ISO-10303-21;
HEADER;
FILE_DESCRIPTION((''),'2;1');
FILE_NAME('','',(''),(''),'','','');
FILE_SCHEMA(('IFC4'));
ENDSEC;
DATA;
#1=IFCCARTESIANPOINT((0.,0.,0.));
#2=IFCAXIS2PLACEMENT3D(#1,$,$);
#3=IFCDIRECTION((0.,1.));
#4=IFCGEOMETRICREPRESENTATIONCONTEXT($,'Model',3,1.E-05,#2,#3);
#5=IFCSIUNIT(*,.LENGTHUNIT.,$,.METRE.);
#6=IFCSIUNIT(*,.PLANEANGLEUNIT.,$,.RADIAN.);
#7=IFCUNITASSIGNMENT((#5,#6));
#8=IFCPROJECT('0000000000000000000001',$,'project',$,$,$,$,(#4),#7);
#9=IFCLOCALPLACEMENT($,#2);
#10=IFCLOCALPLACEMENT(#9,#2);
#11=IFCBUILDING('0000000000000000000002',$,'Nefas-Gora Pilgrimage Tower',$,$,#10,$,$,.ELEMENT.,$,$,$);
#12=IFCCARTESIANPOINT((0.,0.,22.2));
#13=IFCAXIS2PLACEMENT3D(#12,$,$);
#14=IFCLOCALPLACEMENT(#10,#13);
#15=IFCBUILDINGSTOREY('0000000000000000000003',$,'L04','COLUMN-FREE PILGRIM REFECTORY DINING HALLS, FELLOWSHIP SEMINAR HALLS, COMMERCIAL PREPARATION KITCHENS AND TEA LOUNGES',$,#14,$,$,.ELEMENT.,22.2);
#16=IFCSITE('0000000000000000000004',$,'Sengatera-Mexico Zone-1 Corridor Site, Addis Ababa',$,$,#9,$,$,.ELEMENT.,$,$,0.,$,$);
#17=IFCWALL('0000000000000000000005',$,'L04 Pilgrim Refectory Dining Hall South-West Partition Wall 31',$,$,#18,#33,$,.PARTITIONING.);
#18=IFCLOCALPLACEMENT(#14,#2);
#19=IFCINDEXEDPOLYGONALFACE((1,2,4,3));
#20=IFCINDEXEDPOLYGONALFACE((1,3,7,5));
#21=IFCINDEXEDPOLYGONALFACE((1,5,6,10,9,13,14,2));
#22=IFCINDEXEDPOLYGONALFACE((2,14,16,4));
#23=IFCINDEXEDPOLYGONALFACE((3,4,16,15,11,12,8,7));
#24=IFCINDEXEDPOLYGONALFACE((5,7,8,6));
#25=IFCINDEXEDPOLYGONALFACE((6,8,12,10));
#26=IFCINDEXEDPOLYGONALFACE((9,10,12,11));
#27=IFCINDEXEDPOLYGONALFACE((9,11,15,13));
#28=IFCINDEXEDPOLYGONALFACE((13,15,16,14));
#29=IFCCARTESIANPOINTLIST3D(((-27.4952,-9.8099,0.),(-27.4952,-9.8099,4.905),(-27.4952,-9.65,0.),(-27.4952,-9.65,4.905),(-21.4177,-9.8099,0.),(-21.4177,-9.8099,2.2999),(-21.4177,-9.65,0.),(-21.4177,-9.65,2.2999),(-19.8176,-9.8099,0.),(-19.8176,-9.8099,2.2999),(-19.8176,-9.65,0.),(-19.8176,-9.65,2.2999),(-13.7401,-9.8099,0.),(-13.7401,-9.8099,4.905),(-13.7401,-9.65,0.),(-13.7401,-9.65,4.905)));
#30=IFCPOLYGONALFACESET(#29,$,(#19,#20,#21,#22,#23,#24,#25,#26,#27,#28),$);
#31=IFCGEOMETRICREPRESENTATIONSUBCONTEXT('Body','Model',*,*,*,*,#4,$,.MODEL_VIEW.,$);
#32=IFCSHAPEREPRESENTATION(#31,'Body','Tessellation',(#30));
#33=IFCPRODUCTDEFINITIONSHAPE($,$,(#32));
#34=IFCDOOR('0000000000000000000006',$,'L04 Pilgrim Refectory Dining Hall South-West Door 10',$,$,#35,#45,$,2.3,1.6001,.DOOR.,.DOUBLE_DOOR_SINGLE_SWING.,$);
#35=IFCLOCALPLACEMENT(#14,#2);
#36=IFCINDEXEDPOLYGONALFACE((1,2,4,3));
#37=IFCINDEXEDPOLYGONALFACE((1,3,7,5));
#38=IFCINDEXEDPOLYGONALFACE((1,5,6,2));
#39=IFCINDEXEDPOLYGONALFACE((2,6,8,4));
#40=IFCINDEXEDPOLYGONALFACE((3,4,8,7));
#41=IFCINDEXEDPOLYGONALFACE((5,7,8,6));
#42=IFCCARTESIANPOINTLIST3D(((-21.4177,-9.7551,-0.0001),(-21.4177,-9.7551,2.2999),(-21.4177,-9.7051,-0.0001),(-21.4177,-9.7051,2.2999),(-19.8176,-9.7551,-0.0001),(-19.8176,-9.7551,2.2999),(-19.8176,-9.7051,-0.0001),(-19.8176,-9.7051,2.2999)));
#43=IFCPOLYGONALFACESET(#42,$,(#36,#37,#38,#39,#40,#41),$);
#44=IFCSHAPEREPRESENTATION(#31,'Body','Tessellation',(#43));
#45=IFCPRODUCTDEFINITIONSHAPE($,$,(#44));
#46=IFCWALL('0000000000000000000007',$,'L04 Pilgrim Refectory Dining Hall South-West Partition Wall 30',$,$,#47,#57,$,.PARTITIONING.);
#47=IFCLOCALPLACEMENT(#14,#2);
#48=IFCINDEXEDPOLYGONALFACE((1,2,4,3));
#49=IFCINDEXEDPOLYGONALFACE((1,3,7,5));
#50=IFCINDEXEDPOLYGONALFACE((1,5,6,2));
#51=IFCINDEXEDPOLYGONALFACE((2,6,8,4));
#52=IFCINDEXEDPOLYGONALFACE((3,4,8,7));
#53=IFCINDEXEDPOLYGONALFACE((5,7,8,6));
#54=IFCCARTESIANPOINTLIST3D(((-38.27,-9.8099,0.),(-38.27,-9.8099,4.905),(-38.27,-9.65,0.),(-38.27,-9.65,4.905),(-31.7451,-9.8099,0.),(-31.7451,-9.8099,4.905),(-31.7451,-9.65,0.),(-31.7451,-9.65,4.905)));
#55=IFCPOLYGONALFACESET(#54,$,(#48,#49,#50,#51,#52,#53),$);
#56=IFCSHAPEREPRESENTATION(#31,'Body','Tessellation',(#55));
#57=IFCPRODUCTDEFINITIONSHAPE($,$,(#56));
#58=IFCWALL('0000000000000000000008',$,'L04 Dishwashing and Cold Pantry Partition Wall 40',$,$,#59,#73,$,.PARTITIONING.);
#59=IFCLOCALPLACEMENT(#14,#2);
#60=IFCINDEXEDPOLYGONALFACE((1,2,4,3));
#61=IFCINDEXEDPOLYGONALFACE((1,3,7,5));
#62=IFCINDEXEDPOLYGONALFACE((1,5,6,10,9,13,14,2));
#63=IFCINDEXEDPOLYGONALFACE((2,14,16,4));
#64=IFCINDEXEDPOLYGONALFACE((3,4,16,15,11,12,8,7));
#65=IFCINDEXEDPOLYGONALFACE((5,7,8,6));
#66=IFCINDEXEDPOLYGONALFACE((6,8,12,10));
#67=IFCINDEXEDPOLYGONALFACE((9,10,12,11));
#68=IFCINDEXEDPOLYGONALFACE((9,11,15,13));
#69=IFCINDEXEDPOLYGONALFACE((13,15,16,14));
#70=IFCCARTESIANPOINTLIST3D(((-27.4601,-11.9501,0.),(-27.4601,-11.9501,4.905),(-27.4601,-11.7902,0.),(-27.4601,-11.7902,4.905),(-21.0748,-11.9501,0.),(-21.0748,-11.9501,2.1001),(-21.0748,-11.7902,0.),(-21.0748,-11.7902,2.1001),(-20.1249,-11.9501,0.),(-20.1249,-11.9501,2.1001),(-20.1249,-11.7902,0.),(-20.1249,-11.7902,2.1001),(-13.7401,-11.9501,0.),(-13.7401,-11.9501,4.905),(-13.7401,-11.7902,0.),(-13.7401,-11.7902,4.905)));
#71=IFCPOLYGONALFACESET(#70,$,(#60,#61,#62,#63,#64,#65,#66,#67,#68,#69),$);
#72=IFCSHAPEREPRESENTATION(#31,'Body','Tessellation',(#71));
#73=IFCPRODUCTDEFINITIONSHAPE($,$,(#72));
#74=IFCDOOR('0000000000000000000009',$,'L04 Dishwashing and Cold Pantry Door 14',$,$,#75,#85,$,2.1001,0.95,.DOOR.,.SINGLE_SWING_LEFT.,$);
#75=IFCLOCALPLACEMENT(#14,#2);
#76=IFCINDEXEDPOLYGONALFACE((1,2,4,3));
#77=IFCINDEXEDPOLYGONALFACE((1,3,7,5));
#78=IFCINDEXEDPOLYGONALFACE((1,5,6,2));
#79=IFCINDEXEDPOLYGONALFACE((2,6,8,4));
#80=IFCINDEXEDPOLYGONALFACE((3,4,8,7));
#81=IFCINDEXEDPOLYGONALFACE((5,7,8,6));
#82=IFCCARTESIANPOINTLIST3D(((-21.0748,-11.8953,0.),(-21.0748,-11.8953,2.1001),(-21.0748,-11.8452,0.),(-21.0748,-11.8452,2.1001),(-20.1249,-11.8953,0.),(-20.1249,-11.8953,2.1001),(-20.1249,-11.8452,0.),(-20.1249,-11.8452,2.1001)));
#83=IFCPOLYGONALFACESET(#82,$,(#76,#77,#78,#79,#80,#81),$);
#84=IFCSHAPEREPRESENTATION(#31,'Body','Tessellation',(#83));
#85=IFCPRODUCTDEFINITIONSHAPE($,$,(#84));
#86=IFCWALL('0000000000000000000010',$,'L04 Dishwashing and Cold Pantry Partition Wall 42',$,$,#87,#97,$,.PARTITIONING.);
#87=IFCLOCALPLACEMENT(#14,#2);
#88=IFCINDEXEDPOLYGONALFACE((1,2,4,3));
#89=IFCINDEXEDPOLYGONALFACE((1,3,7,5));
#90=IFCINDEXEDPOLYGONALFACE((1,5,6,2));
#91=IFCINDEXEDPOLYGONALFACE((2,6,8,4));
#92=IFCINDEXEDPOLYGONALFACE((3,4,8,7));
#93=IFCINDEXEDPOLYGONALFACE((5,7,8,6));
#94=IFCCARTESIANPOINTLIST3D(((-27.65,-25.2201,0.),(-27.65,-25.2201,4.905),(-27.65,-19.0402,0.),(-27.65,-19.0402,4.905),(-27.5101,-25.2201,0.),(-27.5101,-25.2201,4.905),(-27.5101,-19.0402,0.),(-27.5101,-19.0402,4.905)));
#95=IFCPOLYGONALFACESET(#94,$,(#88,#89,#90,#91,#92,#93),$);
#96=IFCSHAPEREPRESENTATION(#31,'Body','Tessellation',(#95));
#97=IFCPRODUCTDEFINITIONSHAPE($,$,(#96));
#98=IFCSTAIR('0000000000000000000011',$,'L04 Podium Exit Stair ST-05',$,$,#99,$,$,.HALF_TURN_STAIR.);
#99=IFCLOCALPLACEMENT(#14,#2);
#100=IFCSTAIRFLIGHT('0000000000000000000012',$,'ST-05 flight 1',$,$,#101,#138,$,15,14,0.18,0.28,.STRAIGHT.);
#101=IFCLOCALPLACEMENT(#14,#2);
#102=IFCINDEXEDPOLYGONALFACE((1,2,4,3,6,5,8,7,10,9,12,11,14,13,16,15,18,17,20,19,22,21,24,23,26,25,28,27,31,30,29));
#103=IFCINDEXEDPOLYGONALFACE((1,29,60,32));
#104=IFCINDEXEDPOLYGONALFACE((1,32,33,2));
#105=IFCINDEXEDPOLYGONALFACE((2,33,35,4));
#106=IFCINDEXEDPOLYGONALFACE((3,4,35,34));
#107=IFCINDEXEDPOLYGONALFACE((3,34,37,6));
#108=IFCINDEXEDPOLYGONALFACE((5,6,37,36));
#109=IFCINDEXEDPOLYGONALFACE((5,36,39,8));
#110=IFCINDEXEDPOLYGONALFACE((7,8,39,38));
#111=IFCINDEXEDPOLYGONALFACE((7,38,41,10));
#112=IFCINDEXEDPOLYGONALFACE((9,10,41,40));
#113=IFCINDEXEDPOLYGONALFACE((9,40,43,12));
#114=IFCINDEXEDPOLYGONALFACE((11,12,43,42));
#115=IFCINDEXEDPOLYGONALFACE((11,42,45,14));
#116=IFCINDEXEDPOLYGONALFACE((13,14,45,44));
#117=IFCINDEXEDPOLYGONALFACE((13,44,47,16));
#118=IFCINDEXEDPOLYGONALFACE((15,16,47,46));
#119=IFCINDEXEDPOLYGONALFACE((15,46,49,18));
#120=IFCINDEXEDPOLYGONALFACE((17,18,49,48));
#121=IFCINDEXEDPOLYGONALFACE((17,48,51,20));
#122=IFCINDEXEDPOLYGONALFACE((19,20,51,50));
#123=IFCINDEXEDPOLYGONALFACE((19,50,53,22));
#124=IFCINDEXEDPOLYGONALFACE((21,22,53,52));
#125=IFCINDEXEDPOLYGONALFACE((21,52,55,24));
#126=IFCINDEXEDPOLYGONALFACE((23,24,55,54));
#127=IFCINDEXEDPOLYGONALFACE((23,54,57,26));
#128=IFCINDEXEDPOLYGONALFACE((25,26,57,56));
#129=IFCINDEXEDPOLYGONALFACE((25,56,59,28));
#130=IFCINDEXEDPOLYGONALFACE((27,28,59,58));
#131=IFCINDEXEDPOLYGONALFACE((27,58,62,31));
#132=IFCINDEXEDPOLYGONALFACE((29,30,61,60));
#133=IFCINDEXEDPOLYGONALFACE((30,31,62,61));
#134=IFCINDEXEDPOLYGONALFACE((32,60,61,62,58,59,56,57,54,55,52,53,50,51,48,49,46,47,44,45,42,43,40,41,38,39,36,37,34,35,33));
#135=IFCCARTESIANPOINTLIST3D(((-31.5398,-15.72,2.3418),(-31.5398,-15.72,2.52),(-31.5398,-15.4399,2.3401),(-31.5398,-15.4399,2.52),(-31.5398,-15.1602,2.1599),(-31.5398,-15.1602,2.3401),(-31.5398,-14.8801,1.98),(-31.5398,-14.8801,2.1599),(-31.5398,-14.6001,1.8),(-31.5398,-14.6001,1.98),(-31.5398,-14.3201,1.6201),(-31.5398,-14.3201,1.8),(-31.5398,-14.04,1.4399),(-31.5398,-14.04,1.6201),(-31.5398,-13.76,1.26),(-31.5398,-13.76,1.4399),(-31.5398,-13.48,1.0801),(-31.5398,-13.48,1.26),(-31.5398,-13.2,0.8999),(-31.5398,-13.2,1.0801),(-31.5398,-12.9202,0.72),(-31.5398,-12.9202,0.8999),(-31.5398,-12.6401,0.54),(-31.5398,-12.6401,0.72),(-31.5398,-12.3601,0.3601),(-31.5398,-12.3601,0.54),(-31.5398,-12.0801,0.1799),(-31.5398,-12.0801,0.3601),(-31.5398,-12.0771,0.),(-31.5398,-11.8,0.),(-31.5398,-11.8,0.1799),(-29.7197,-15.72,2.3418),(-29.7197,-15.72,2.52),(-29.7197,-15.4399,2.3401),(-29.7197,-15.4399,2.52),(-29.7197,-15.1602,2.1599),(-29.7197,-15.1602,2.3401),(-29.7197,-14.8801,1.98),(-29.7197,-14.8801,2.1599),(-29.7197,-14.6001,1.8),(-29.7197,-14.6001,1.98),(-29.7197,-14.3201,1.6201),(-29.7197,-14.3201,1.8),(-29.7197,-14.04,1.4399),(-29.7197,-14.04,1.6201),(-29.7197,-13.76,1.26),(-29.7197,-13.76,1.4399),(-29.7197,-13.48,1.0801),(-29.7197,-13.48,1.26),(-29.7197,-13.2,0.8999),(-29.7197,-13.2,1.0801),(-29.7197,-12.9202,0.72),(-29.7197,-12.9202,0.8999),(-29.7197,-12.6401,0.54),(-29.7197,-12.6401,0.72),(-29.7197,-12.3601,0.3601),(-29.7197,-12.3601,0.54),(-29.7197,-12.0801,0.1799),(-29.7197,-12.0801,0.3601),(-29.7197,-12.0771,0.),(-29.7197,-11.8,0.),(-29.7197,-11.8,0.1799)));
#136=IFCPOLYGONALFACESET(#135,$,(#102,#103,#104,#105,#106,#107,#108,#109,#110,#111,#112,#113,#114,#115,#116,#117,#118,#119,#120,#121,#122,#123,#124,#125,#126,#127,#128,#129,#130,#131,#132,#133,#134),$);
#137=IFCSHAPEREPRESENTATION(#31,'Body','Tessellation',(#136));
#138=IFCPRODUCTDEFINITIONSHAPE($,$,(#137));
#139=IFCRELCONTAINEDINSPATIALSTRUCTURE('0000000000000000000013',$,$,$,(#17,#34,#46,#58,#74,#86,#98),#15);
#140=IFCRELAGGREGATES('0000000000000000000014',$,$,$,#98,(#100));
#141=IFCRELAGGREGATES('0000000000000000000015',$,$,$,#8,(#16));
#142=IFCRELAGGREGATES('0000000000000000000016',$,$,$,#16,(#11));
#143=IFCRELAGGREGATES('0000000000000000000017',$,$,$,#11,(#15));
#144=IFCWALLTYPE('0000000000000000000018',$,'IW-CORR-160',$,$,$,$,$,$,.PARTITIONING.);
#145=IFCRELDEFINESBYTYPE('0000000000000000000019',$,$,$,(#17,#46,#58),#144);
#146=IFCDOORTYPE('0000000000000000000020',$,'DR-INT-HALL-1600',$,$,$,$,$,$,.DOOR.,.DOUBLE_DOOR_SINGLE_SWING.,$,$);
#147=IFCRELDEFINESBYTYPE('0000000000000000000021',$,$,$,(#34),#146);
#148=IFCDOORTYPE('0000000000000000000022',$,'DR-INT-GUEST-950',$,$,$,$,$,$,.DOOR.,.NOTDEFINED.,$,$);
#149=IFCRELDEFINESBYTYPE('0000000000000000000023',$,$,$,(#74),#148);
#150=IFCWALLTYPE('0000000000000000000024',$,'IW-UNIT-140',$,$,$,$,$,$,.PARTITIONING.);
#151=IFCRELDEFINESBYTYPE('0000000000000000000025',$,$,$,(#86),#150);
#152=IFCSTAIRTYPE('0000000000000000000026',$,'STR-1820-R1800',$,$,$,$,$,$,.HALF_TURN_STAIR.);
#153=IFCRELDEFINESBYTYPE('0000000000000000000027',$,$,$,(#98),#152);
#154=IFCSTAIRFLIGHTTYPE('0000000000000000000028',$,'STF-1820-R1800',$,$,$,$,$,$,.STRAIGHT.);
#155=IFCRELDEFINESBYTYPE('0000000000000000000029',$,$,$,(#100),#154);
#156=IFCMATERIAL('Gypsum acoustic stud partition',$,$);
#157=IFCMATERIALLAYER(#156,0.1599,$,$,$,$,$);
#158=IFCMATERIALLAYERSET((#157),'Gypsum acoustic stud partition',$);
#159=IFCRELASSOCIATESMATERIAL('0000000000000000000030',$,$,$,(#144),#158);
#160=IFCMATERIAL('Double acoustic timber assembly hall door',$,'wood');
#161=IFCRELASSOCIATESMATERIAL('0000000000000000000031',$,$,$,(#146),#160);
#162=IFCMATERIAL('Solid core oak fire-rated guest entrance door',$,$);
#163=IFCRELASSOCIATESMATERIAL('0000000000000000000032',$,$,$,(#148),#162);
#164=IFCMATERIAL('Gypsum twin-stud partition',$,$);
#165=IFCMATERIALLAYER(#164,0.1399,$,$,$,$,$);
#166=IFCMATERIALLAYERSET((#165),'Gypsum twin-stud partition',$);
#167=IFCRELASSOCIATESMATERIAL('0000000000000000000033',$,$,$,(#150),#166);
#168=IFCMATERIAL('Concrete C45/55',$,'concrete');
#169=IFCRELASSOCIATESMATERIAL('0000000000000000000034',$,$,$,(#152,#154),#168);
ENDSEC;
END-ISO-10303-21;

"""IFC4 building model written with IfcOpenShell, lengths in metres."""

from ifc_helpers import new_model, si_unit, direction, frame, frame_2d, origin, place, context, subcontext, project, spatial, polyline, rectangle, outline, extrude, source, transform, mapped, material, layer, layer_set, type_object, element, fill, aggregate, save


model = new_model("IFC4")

# Units and contexts
model_context = context("Model", 3, precision=1e-05, world=origin(), true_north=direction((0.0, 1.0)))
body_context = subcontext(model_context, "Body", "Model", "MODEL_VIEW")
ifc_project = project(units=[si_unit("LENGTHUNIT", "METRE"), si_unit("PLANEANGLEUNIT", "RADIAN")], contexts=[model_context])

# Site, building, storey
site_placement = place(None, origin())
site = spatial("IfcSite", under=ifc_project, at=site_placement, Name="Sengatera-Mexico Zone-1 Corridor Site, Addis Ababa", CompositionType="ELEMENT", RefElevation=0.0)
building_placement = place(site_placement, origin())
building = spatial("IfcBuilding", under=site, at=building_placement, Name="Nefas-Gora Pilgrimage Tower", CompositionType="ELEMENT")
storey_placement = place(building_placement, frame((0.0, 0.0, 22.2)))
storey = spatial("IfcBuildingStorey", under=building, at=storey_placement, Name="L04", Description="COLUMN-FREE PILGRIM REFECTORY DINING HALLS, FELLOWSHIP SEMINAR HALLS, COMMERCIAL PREPARATION KITCHENS AND TEA LOUNGES", CompositionType="ELEMENT", Elevation=22.2)

# Shared definitions
ifc_material_1 = material(Name="Concrete C45/55", Category="concrete")

# Wall, opening, door
ifc_material_2 = material(Name="Gypsum acoustic stud partition")
ifc_layer_1 = layer(ifc_material_2, 0.1599)
ifc_layer_set_1 = layer_set([ifc_layer_1], Name="Gypsum acoustic stud partition")
wall_type_1 = type_object("IfcWallType", Name="IW-CORR-160", PredefinedType="PARTITIONING", material=ifc_layer_set_1)
shared_shape_1 = source(origin(), body_context, "Body", "SweptSolid", [
    extrude(rectangle(XDim=13.7551, YDim=0.1599, at=frame_2d((6.8774, 0.0))), origin(), (0.0, 0.0, 1.0), 4.905),
])
wall_1_placement = place(storey_placement, frame((-27.4951, -9.73, 0.0), z_axis=(0.0, 0.0, 1.0), x_axis=(1.0, 0.0, 0.0)))
wall_1 = element("IfcWall", 1, at=wall_1_placement, inside=storey, type_object=wall_type_1, Name="L04 Pilgrim Refectory Dining Hall South-West Partition Wall 31", PredefinedType="PARTITIONING", context=body_context, shape_type="MappedRepresentation", body=[
    mapped(shared_shape_1, transform((0.0, 0.0, 0.0), x_axis=(1.0, 0.0, 0.0), y_axis=(0.0, 1.0, 0.0), z_axis=(0.0, 0.0, 1.0), scale=1.0)),
])
opening_1_placement = place(wall_1_placement, frame((6.0774, 0.0, 0.0)))
opening_1 = element("IfcOpeningElement", 2, at=opening_1_placement, cuts=wall_1, PredefinedType="OPENING", context=body_context, shape_type="SweptSolid", body=[
    extrude(rectangle(XDim=1.6001, YDim=2.3, at=frame_2d((0.8, 1.1499))), frame((0.0, 0.0898, 0.0), z_axis=(0.0, -1.0, 0.0), x_axis=(1.0, 0.0, 0.0)), (0.0, 0.0, 1.0), 0.1799),
])
ifc_material_3 = material(Name="Double acoustic timber assembly hall door", Category="wood")
door_type_1 = type_object("IfcDoorType", Name="DR-INT-HALL-1600", OperationType="DOUBLE_DOOR_SINGLE_SWING", PredefinedType="DOOR", material=ifc_material_3)
shared_shape_2 = source(origin(), body_context, "Body", "SweptSolid", [
    extrude(rectangle(XDim=1.6001, YDim=2.3, at=frame_2d((0.8, 1.1499))), frame((0.0, 0.0249, 0.0), z_axis=(0.0, -1.0, 0.0), x_axis=(1.0, 0.0, 0.0)), (0.0, 0.0, 1.0), 0.05),
])
door_1_placement = place(opening_1_placement, origin())
door_1 = element("IfcDoor", 3, at=door_1_placement, inside=storey, type_object=door_type_1, Name="L04 Pilgrim Refectory Dining Hall South-West Door 10", OperationType="DOUBLE_DOOR_SINGLE_SWING", OverallHeight=2.3, OverallWidth=1.6001, PredefinedType="DOOR", context=body_context, shape_type="MappedRepresentation", body=[
    mapped(shared_shape_2, transform((0.0, 0.0, 0.0), x_axis=(1.0, 0.0, 0.0), y_axis=(0.0, 1.0, 0.0), z_axis=(0.0, 0.0, 1.0), scale=1.0)),
])
fill(opening_1, door_1)

# Wall
shared_shape_3 = source(origin(), body_context, "Body", "SweptSolid", [
    extrude(rectangle(XDim=6.5249, YDim=0.1599, at=frame_2d((3.2625, 0.0))), origin(), (0.0, 0.0, 1.0), 4.905),
])
wall_2_placement = place(storey_placement, frame((-38.27, -9.73, 0.0), z_axis=(0.0, 0.0, 1.0), x_axis=(1.0, 0.0, 0.0)))
element("IfcWall", 4, at=wall_2_placement, inside=storey, type_object=wall_type_1, Name="L04 Pilgrim Refectory Dining Hall South-West Partition Wall 30", PredefinedType="PARTITIONING", context=body_context, shape_type="MappedRepresentation", body=[
    mapped(shared_shape_3, transform((0.0, 0.0, 0.0), x_axis=(1.0, 0.0, 0.0), y_axis=(0.0, 1.0, 0.0), z_axis=(0.0, 0.0, 1.0), scale=1.0)),
])

# Wall, opening, door
shared_shape_4 = source(origin(), body_context, "Body", "SweptSolid", [
    extrude(rectangle(XDim=13.72, YDim=0.1599, at=frame_2d((6.8599, 0.0))), origin(), (0.0, 0.0, 1.0), 4.905),
])
wall_3_placement = place(storey_placement, frame((-27.46, -11.8701, 0.0), z_axis=(0.0, 0.0, 1.0), x_axis=(1.0, 0.0, 0.0)))
wall_3 = element("IfcWall", 5, at=wall_3_placement, inside=storey, type_object=wall_type_1, Name="L04 Dishwashing and Cold Pantry Partition Wall 40", PredefinedType="PARTITIONING", context=body_context, shape_type="MappedRepresentation", body=[
    mapped(shared_shape_4, transform((0.0, 0.0, 0.0), x_axis=(1.0, 0.0, 0.0), y_axis=(0.0, 1.0, 0.0), z_axis=(0.0, 0.0, 1.0), scale=1.0)),
])
opening_2_placement = place(wall_3_placement, frame((6.385, 0.0, 0.0)))
opening_2 = element("IfcOpeningElement", 6, at=opening_2_placement, cuts=wall_3, PredefinedType="OPENING", context=body_context, shape_type="SweptSolid", body=[
    extrude(rectangle(XDim=0.95, YDim=2.1001, at=frame_2d((0.4751, 1.05))), frame((0.0, 0.0898, 0.0), z_axis=(0.0, -1.0, 0.0), x_axis=(1.0, 0.0, 0.0)), (0.0, 0.0, 1.0), 0.1799),
])
ifc_material_4 = material(Name="Solid core oak fire-rated guest entrance door")
door_type_2 = type_object("IfcDoorType", Name="DR-INT-GUEST-950", OperationType="NOTDEFINED", PredefinedType="DOOR", material=ifc_material_4)
shared_shape_5 = source(origin(), body_context, "Body", "SweptSolid", [
    extrude(rectangle(XDim=0.95, YDim=2.1001, at=frame_2d((0.4751, 1.05))), frame((0.0, 0.0249, 0.0), z_axis=(0.0, -1.0, 0.0), x_axis=(1.0, 0.0, 0.0)), (0.0, 0.0, 1.0), 0.05),
])
door_2_placement = place(opening_2_placement, origin())
door_2 = element("IfcDoor", 7, at=door_2_placement, inside=storey, type_object=door_type_2, Name="L04 Dishwashing and Cold Pantry Door 14", OperationType="SINGLE_SWING_LEFT", OverallHeight=2.1001, OverallWidth=0.95, PredefinedType="DOOR", context=body_context, shape_type="MappedRepresentation", body=[
    mapped(shared_shape_5, transform((0.0, 0.0, 0.0), x_axis=(1.0, 0.0, 0.0), y_axis=(0.0, 1.0, 0.0), z_axis=(0.0, 0.0, 1.0), scale=1.0)),
])
fill(opening_2, door_2)

# Wall
ifc_material_5 = material(Name="Gypsum twin-stud partition")
ifc_layer_2 = layer(ifc_material_5, 0.1399)
ifc_layer_set_2 = layer_set([ifc_layer_2], Name="Gypsum twin-stud partition")
wall_type_2 = type_object("IfcWallType", Name="IW-UNIT-140", PredefinedType="PARTITIONING", material=ifc_layer_set_2)
shared_shape_6 = source(origin(), body_context, "Body", "SweptSolid", [
    extrude(rectangle(XDim=6.1799, YDim=0.1399, at=frame_2d((3.0898, 0.0))), origin(), (0.0, 0.0, 1.0), 4.905),
])
wall_4_placement = place(storey_placement, frame((-27.5801, -25.22, 0.0), z_axis=(0.0, 0.0, 1.0), x_axis=(0.0, 1.0, 0.0)))
element("IfcWall", 8, at=wall_4_placement, inside=storey, type_object=wall_type_2, Name="L04 Dishwashing and Cold Pantry Partition Wall 42", PredefinedType="PARTITIONING", context=body_context, shape_type="MappedRepresentation", body=[
    mapped(shared_shape_6, transform((0.0, 0.0, 0.0), x_axis=(1.0, 0.0, 0.0), y_axis=(0.0, 1.0, 0.0), z_axis=(0.0, 0.0, 1.0), scale=1.0)),
])

# Stair, stair flight
stair_type = type_object("IfcStairType", Name="STR-1820-R1800", PredefinedType="HALF_TURN_STAIR", material=ifc_material_1)
stair_placement = place(storey_placement, origin())
stair = element("IfcStair", 9, at=stair_placement, inside=storey, type_object=stair_type, Name="L04 Podium Exit Stair ST-05", PredefinedType="HALF_TURN_STAIR")
stair_flight_type = type_object("IfcStairFlightType", Name="STF-1820-R1800", PredefinedType="STRAIGHT", material=ifc_material_1)
shared_shape_7 = source(origin(), body_context, "Body", "SweptSolid", [
    extrude(outline(polyline([(0.0, 0.0), (0.0, 0.1799), (0.28, 0.1799), (0.28, 0.3601), (0.5601, 0.3601), (0.5601, 0.54), (0.8401, 0.54), (0.8401, 0.72), (1.1201, 0.72), (1.1201, 0.8999), (1.3999, 0.8999), (1.3999, 1.0801), (1.6799, 1.0801), (1.6799, 1.26), (1.96, 1.26), (1.96, 1.4399), (2.24, 1.4399), (2.24, 1.6201), (2.52, 1.6201), (2.52, 1.8), (2.8, 1.8), (2.8, 1.98), (3.0801, 1.98), (3.0801, 2.1599), (3.3601, 2.1599), (3.3601, 2.3401), (3.6399, 2.3401), (3.6399, 2.52), (3.9199, 2.52), (3.9199, 2.7), (3.9199, 2.3418), (0.2771, 0.0), (0.0, 0.0)])), frame((0.0, 0.9102, 0.0), z_axis=(0.0, -1.0, 0.0), x_axis=(1.0, 0.0, 0.0)), (0.0, 0.0, 1.0), 1.8201),
])
stair_flight_1_placement = place(storey_placement, frame((-30.6299, -11.8, 0.0), z_axis=(0.0, 0.0, 1.0), x_axis=(0.0, -1.0, 0.0)))
stair_flight_1 = element("IfcStairFlight", 10, at=stair_flight_1_placement, type_object=stair_flight_type, Name="ST-05 flight 1", NumberOfRisers=15, NumberOfTreads=14, PredefinedType="STRAIGHT", RiserHeight=0.18, TreadLength=0.28, context=body_context, shape_type="MappedRepresentation", body=[
    mapped(shared_shape_7, transform((0.0, 0.0, 0.0), x_axis=(1.0, 0.0, 0.0), y_axis=(0.0, 1.0, 0.0), z_axis=(0.0, 0.0, 1.0), scale=1.0)),
])
aggregate(stair, [stair_flight_1])

save(model, "model.ifc")
